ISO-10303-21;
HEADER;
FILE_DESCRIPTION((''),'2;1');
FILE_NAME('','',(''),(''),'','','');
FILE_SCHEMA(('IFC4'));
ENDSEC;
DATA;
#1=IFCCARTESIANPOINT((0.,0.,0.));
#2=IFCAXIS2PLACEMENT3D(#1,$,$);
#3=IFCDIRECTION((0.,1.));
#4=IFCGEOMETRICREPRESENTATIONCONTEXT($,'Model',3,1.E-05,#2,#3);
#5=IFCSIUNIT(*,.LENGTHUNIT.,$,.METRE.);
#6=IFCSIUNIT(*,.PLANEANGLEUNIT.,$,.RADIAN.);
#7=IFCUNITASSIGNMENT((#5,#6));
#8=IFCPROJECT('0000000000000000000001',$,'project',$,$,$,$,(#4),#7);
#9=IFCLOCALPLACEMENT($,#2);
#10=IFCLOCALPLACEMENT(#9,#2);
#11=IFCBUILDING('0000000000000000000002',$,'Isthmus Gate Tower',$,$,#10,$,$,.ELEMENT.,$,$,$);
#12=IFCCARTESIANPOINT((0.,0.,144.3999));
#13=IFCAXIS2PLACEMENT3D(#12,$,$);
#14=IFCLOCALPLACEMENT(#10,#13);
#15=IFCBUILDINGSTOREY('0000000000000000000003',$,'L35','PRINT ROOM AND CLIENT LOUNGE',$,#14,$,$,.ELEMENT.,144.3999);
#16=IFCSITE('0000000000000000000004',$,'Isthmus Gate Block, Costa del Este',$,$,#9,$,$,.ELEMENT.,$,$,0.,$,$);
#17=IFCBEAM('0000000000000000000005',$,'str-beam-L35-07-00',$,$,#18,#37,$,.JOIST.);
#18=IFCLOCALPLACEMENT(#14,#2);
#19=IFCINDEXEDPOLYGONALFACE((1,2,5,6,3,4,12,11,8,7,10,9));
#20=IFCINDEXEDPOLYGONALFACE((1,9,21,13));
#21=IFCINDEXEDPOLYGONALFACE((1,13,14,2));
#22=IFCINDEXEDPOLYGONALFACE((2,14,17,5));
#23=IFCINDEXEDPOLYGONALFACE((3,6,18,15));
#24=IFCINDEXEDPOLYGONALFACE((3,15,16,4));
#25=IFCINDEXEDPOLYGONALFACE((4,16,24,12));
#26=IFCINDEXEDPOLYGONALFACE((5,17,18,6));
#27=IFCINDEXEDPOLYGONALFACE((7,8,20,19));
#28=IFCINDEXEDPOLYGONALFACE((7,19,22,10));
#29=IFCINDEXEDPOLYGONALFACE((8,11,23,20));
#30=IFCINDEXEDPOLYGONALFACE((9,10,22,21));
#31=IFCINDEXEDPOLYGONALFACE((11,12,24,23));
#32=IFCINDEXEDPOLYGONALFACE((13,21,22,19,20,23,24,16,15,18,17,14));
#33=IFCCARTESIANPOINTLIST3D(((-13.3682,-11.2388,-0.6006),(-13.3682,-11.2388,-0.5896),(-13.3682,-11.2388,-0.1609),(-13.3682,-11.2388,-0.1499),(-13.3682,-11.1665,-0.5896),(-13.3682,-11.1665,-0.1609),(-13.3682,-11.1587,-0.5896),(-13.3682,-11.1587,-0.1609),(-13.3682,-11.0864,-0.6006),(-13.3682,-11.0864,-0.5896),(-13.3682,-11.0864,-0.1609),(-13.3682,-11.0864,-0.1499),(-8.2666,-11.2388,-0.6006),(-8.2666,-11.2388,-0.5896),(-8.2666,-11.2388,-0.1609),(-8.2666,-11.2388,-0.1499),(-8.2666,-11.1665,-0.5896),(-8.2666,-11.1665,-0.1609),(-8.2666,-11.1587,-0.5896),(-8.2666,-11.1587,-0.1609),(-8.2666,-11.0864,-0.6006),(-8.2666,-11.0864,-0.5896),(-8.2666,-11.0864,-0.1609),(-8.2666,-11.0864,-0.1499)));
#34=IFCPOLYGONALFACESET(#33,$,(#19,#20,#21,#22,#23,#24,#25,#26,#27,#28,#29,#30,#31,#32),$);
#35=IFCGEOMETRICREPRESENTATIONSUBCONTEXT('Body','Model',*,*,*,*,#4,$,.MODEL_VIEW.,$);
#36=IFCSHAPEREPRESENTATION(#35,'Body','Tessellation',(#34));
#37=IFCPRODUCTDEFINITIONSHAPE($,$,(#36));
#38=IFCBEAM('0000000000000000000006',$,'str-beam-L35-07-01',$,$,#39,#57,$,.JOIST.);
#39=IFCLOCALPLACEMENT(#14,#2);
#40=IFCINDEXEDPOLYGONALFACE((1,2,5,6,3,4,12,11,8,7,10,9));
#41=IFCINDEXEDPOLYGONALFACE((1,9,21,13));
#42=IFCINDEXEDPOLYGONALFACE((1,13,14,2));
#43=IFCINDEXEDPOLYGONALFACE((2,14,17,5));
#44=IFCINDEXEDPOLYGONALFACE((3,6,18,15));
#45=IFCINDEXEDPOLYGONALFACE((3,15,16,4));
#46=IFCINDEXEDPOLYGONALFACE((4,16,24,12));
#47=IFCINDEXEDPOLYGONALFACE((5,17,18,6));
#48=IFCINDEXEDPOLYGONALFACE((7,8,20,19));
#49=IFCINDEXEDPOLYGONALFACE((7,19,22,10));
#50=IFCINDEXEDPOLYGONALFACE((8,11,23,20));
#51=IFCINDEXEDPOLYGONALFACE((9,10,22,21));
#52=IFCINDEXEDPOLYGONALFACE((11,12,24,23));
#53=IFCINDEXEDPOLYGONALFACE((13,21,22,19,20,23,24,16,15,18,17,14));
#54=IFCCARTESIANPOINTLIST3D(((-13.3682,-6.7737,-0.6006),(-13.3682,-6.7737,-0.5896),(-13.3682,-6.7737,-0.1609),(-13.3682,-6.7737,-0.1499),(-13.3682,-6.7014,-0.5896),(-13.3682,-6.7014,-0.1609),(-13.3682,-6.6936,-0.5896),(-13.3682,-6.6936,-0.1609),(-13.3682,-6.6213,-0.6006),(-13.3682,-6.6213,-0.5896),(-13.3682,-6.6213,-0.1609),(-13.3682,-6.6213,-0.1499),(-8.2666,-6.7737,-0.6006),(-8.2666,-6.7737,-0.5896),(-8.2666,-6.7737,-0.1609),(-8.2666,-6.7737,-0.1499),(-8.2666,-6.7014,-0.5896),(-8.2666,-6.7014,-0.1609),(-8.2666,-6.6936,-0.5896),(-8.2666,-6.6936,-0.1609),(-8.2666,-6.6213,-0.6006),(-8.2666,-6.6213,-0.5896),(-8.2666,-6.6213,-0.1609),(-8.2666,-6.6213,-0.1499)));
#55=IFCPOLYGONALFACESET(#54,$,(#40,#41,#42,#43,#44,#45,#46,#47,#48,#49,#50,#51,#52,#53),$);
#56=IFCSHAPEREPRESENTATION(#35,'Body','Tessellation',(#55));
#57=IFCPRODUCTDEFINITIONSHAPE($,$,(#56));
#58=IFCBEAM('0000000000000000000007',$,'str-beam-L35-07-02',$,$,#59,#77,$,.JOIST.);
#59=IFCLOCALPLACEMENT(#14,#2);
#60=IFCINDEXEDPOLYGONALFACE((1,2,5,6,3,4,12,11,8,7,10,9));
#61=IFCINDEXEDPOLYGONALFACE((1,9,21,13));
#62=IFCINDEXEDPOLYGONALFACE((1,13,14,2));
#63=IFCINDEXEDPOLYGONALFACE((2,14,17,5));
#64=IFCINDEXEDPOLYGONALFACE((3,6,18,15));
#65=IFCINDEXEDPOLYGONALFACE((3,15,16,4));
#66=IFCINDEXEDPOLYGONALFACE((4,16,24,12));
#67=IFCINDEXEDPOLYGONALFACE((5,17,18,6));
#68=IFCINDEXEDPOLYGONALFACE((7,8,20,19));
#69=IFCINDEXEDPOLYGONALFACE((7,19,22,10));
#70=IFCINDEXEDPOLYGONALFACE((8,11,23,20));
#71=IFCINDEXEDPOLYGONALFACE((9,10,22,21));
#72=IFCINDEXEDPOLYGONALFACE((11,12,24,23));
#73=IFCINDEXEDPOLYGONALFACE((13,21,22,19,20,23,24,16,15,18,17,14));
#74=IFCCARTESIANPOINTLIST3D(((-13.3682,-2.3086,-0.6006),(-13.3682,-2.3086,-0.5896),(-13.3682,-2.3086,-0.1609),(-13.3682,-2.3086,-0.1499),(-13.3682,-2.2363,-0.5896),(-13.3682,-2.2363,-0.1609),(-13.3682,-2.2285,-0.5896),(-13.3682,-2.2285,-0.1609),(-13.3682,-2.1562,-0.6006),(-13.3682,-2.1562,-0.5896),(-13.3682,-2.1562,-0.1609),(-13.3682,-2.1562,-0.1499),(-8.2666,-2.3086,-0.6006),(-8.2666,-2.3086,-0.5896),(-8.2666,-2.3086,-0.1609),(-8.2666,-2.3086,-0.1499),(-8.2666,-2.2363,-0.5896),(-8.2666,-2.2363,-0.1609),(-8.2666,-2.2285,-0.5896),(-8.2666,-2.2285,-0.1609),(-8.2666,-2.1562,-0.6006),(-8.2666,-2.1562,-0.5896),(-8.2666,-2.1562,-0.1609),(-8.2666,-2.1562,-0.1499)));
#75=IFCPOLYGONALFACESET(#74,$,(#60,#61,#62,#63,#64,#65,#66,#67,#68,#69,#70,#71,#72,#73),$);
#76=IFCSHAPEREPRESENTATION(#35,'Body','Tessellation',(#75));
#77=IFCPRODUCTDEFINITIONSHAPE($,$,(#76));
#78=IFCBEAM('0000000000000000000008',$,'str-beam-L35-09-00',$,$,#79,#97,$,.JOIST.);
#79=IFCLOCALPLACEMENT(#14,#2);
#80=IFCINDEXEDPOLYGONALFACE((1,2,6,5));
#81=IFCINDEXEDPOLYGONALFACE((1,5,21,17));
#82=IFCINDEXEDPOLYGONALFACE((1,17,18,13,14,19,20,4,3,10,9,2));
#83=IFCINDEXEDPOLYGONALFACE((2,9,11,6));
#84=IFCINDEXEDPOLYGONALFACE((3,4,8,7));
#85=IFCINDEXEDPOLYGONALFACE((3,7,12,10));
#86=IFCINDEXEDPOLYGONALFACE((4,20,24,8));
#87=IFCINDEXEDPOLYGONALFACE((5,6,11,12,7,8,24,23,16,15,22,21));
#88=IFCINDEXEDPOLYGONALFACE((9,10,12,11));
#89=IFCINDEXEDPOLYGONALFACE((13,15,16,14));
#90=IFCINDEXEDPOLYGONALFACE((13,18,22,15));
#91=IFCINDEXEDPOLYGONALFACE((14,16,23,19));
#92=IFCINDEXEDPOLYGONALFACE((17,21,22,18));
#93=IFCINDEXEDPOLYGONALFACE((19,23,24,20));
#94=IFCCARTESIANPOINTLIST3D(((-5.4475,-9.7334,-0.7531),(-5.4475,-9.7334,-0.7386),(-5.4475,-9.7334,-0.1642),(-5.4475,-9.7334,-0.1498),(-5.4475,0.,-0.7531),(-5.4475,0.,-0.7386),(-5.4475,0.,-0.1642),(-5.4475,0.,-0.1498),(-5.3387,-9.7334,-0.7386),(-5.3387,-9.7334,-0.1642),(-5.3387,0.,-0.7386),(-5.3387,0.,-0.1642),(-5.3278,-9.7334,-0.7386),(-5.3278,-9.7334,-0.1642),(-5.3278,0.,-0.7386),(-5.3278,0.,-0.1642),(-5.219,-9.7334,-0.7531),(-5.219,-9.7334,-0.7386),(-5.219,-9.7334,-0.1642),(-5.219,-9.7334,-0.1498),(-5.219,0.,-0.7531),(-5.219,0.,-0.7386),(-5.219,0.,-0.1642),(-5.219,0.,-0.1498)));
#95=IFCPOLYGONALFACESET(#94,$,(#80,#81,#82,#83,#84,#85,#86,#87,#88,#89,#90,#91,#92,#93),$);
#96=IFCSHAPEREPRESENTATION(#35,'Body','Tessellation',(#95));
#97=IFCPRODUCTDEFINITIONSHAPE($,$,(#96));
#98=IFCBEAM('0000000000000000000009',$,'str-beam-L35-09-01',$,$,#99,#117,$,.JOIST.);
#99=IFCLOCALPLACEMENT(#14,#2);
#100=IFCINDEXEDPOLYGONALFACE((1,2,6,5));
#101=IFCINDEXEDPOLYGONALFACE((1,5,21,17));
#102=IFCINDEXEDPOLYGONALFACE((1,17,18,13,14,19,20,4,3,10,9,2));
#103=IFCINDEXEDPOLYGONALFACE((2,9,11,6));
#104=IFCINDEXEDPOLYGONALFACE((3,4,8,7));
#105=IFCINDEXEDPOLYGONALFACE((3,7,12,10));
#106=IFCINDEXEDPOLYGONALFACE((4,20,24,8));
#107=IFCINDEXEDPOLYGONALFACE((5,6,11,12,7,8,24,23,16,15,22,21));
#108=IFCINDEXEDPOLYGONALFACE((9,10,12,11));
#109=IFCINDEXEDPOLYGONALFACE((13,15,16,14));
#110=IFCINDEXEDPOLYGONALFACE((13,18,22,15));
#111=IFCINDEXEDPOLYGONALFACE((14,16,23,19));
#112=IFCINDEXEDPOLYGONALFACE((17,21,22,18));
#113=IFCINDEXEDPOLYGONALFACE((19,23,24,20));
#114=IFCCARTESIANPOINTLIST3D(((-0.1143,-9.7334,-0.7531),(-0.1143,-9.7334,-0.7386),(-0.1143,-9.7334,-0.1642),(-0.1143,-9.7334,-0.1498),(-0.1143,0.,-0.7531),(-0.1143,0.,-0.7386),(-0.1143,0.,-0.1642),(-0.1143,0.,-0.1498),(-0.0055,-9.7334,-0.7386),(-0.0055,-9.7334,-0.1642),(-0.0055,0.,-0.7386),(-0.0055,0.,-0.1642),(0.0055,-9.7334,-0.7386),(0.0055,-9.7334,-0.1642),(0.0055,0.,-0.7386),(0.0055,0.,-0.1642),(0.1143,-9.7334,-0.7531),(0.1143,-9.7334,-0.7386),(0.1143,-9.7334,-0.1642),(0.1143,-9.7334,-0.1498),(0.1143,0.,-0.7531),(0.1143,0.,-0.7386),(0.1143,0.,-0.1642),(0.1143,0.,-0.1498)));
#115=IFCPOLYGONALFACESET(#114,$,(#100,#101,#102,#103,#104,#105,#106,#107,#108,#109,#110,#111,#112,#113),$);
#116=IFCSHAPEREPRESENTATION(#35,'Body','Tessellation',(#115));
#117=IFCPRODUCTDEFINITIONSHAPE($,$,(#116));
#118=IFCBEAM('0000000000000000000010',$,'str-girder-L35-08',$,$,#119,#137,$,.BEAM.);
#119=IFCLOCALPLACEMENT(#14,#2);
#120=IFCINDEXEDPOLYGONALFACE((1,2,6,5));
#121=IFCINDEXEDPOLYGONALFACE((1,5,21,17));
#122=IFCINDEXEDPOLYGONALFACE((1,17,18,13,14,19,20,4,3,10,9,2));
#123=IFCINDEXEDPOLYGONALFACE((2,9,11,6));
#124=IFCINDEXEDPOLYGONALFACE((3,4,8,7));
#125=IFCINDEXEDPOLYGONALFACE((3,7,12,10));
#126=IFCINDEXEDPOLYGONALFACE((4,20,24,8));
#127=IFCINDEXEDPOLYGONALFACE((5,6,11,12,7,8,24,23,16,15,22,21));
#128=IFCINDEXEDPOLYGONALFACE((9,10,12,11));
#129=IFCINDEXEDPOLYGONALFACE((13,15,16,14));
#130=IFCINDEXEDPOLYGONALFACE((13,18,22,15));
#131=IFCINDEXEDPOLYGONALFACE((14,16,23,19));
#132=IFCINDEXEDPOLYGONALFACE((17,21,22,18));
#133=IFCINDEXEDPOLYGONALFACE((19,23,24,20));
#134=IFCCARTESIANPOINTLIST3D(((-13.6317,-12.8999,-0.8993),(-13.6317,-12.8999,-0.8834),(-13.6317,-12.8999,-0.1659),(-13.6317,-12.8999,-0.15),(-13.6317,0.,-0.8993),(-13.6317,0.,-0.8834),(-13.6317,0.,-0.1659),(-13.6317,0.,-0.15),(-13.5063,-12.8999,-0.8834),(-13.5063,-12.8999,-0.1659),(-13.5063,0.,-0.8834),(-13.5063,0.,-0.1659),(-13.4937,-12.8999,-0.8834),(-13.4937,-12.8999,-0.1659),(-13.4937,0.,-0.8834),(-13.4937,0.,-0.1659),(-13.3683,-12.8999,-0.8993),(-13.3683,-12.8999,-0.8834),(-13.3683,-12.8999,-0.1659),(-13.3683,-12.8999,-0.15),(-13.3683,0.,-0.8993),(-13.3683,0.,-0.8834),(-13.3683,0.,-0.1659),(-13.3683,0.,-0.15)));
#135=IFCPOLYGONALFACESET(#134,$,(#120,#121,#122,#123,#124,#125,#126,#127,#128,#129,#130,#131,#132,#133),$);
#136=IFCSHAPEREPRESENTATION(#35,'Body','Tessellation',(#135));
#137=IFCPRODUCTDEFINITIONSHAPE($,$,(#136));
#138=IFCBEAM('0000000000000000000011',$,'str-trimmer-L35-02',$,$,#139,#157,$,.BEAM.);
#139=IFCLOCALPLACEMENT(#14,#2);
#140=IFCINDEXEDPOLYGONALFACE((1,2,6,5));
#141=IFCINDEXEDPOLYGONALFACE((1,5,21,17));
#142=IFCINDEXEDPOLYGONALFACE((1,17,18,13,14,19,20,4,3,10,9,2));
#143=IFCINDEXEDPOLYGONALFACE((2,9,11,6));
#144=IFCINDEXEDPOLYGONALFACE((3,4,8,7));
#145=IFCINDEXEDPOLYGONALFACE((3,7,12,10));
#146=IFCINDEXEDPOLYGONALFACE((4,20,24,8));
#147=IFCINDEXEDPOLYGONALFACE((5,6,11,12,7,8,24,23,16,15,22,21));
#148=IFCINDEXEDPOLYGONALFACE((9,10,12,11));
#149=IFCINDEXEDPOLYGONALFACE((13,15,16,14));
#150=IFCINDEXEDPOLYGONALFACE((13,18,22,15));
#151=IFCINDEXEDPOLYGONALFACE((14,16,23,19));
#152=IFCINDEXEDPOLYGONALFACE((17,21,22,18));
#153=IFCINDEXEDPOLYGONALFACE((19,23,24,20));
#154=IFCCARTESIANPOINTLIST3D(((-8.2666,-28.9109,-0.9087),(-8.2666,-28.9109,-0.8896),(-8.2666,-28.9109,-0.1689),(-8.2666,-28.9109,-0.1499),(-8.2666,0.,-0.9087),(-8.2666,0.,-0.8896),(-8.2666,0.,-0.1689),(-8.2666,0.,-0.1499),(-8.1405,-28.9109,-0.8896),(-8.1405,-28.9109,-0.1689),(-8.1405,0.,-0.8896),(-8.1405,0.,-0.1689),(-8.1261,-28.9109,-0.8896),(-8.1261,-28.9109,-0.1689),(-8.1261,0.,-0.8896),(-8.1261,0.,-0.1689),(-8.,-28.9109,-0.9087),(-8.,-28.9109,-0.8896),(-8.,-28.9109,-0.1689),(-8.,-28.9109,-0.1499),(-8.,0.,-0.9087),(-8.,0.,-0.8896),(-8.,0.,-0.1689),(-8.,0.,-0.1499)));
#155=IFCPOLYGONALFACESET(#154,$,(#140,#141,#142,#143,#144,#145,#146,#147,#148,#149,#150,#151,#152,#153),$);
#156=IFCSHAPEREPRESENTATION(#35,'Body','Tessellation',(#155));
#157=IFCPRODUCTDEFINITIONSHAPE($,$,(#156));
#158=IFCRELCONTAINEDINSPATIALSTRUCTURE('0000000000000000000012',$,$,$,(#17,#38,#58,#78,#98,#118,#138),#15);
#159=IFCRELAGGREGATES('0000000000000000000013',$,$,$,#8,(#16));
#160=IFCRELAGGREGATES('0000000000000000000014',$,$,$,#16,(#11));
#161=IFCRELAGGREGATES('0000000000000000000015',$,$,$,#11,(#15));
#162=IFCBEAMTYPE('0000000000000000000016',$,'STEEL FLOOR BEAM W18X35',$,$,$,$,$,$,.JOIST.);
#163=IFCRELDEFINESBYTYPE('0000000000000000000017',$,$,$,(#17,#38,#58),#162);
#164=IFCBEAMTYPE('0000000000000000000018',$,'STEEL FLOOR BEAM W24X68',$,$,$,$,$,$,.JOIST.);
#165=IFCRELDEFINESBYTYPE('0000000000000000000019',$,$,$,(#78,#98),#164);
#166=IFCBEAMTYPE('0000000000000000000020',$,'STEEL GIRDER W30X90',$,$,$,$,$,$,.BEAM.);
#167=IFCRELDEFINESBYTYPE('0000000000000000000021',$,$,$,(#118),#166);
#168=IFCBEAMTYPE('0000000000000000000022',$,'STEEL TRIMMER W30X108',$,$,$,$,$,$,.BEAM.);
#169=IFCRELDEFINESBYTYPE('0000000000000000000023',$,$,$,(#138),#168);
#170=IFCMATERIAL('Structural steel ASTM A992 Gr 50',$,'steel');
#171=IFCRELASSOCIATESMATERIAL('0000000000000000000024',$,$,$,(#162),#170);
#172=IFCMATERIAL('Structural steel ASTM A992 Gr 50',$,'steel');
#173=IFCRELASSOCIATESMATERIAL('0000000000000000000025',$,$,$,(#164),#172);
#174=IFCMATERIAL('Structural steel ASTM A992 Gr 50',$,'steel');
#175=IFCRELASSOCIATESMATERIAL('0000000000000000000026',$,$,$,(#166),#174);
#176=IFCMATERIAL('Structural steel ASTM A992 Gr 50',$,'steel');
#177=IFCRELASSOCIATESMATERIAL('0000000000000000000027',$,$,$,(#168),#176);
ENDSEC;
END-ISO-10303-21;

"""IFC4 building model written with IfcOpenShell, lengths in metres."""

from ifc_helpers import new_model, si_unit, direction, frame, origin, origin_2d, place, context, subcontext, project, spatial, i_section, extrude, material, material_profile, profile_set, type_object, element, save


model = new_model("IFC4")

# Units and contexts
model_context = context("Model", 3, precision=1e-05, world=origin(), true_north=direction((0.0, 1.0)))
body_context = subcontext(model_context, "Body", "Model", "MODEL_VIEW")
ifc_project = project(units=[si_unit("LENGTHUNIT", "METRE"), si_unit("PLANEANGLEUNIT", "RADIAN")], contexts=[model_context])

# Site, building, storey
site_placement = place(None, origin())
site = spatial("IfcSite", under=ifc_project, at=site_placement, Name="Isthmus Gate Block, Costa del Este", CompositionType="ELEMENT", RefElevation=0.0)
building_placement = place(site_placement, origin())
building = spatial("IfcBuilding", under=site, at=building_placement, Name="Isthmus Gate Tower", CompositionType="ELEMENT")
storey_placement = place(building_placement, frame((0.0, 0.0, 144.3999)))
storey = spatial("IfcBuildingStorey", under=building, at=storey_placement, Name="L35", Description="PRINT ROOM AND CLIENT LOUNGE", CompositionType="ELEMENT", Elevation=144.3999)

# Beams
ifc_material_1 = material(Name="Structural steel ASTM A992 Gr 50", Category="steel")
ifc_material_profile_1 = material_profile(ifc_material_1, i_section(OverallWidth=0.1523, OverallDepth=0.4507, WebThickness=0.0078, FlangeThickness=0.011, at=origin_2d()), Name="W18X35")
ifc_profile_set_1 = profile_set([ifc_material_profile_1], Name="Structural steel ASTM A992 Gr 50")
beam_type_1 = type_object("IfcBeamType", Name="STEEL FLOOR BEAM W18X35", PredefinedType="JOIST", material=ifc_profile_set_1)
for number, where, z_axis, x_axis, name in (
    (1, (-13.3682, -11.1626, -0.3752), (1.0, 0.0, 0.0), (0.0, 1.0, 0.0), "str-beam-L35-07-00"),
    (2, (-13.3682, -6.6975, -0.3752), (1.0, 0.0, 0.0), (0.0, 1.0, 0.0), "str-beam-L35-07-01"),
    (3, (-13.3682, -2.2324, -0.3752), (1.0, 0.0, 0.0), (0.0, 1.0, 0.0), "str-beam-L35-07-02"),
):
    element("IfcBeam", number, at=place(storey_placement, frame(where, z_axis=z_axis, x_axis=x_axis)), inside=storey, type_object=beam_type_1, Name=name, PredefinedType="JOIST", context=body_context, shape_type="SweptSolid", body=[
        extrude(i_section(OverallWidth=0.1523, OverallDepth=0.4507, WebThickness=0.0078, FlangeThickness=0.011, at=origin_2d()), origin(), (0.0, 0.0, 1.0), 5.1016),
    ])
ifc_material_2 = material(Name="Structural steel ASTM A992 Gr 50", Category="steel")
ifc_material_profile_2 = material_profile(ifc_material_2, i_section(OverallWidth=0.2285, OverallDepth=0.6033, WebThickness=0.011, FlangeThickness=0.0144, at=origin_2d()), Name="W24X68")
ifc_profile_set_2 = profile_set([ifc_material_profile_2], Name="Structural steel ASTM A992 Gr 50")
beam_type_2 = type_object("IfcBeamType", Name="STEEL FLOOR BEAM W24X68", PredefinedType="JOIST", material=ifc_profile_set_2)
for number, where, z_axis, x_axis, name in (
    (4, (-5.3333, -9.7334, -0.4514), (0.0, 1.0, 0.0), (-1.0, 0.0, 0.0), "str-beam-L35-09-00"),
    (5, (0.0, -9.7334, -0.4514), (0.0, 1.0, 0.0), (-1.0, 0.0, 0.0), "str-beam-L35-09-01"),
):
    element("IfcBeam", number, at=place(storey_placement, frame(where, z_axis=z_axis, x_axis=x_axis)), inside=storey, type_object=beam_type_2, Name=name, PredefinedType="JOIST", context=body_context, shape_type="SweptSolid", body=[
        extrude(i_section(OverallWidth=0.2285, OverallDepth=0.6033, WebThickness=0.011, FlangeThickness=0.0144, at=origin_2d()), origin(), (0.0, 0.0, 1.0), 9.7334),
    ])
ifc_material_3 = material(Name="Structural steel ASTM A992 Gr 50", Category="steel")
ifc_material_profile_3 = material_profile(ifc_material_3, i_section(OverallWidth=0.2634, OverallDepth=0.7493, WebThickness=0.0127, FlangeThickness=0.0159, at=origin_2d()), Name="W30X90")
ifc_profile_set_3 = profile_set([ifc_material_profile_3], Name="Structural steel ASTM A992 Gr 50")
beam_type_3 = type_object("IfcBeamType", Name="STEEL GIRDER W30X90", PredefinedType="BEAM", material=ifc_profile_set_3)
beam_1_placement = place(storey_placement, frame((-13.5, -12.8999, -0.5247), z_axis=(0.0, 1.0, 0.0), x_axis=(-1.0, 0.0, 0.0)))
element("IfcBeam", 6, at=beam_1_placement, inside=storey, type_object=beam_type_3, Name="str-girder-L35-08", PredefinedType="BEAM", context=body_context, shape_type="SweptSolid", body=[
    extrude(i_section(OverallWidth=0.2634, OverallDepth=0.7493, WebThickness=0.0127, FlangeThickness=0.0159, at=origin_2d()), origin(), (0.0, 0.0, 1.0), 12.8999),
])
ifc_material_4 = material(Name="Structural steel ASTM A992 Gr 50", Category="steel")
ifc_material_profile_4 = material_profile(ifc_material_4, i_section(OverallWidth=0.2666, OverallDepth=0.7588, WebThickness=0.0144, FlangeThickness=0.019, at=origin_2d()), Name="W30X108")
ifc_profile_set_4 = profile_set([ifc_material_profile_4], Name="Structural steel ASTM A992 Gr 50")
beam_type_4 = type_object("IfcBeamType", Name="STEEL TRIMMER W30X108", PredefinedType="BEAM", material=ifc_profile_set_4)
beam_2_placement = place(storey_placement, frame((-8.1333, 0.0, -0.5293), z_axis=(0.0, -1.0, 0.0), x_axis=(1.0, 0.0, 0.0)))
element("IfcBeam", 7, at=beam_2_placement, inside=storey, type_object=beam_type_4, Name="str-trimmer-L35-02", PredefinedType="BEAM", context=body_context, shape_type="SweptSolid", body=[
    extrude(i_section(OverallWidth=0.2666, OverallDepth=0.7588, WebThickness=0.0144, FlangeThickness=0.019, at=origin_2d()), origin(), (0.0, 0.0, 1.0), 28.9109),
])

save(model, "model.ifc")
